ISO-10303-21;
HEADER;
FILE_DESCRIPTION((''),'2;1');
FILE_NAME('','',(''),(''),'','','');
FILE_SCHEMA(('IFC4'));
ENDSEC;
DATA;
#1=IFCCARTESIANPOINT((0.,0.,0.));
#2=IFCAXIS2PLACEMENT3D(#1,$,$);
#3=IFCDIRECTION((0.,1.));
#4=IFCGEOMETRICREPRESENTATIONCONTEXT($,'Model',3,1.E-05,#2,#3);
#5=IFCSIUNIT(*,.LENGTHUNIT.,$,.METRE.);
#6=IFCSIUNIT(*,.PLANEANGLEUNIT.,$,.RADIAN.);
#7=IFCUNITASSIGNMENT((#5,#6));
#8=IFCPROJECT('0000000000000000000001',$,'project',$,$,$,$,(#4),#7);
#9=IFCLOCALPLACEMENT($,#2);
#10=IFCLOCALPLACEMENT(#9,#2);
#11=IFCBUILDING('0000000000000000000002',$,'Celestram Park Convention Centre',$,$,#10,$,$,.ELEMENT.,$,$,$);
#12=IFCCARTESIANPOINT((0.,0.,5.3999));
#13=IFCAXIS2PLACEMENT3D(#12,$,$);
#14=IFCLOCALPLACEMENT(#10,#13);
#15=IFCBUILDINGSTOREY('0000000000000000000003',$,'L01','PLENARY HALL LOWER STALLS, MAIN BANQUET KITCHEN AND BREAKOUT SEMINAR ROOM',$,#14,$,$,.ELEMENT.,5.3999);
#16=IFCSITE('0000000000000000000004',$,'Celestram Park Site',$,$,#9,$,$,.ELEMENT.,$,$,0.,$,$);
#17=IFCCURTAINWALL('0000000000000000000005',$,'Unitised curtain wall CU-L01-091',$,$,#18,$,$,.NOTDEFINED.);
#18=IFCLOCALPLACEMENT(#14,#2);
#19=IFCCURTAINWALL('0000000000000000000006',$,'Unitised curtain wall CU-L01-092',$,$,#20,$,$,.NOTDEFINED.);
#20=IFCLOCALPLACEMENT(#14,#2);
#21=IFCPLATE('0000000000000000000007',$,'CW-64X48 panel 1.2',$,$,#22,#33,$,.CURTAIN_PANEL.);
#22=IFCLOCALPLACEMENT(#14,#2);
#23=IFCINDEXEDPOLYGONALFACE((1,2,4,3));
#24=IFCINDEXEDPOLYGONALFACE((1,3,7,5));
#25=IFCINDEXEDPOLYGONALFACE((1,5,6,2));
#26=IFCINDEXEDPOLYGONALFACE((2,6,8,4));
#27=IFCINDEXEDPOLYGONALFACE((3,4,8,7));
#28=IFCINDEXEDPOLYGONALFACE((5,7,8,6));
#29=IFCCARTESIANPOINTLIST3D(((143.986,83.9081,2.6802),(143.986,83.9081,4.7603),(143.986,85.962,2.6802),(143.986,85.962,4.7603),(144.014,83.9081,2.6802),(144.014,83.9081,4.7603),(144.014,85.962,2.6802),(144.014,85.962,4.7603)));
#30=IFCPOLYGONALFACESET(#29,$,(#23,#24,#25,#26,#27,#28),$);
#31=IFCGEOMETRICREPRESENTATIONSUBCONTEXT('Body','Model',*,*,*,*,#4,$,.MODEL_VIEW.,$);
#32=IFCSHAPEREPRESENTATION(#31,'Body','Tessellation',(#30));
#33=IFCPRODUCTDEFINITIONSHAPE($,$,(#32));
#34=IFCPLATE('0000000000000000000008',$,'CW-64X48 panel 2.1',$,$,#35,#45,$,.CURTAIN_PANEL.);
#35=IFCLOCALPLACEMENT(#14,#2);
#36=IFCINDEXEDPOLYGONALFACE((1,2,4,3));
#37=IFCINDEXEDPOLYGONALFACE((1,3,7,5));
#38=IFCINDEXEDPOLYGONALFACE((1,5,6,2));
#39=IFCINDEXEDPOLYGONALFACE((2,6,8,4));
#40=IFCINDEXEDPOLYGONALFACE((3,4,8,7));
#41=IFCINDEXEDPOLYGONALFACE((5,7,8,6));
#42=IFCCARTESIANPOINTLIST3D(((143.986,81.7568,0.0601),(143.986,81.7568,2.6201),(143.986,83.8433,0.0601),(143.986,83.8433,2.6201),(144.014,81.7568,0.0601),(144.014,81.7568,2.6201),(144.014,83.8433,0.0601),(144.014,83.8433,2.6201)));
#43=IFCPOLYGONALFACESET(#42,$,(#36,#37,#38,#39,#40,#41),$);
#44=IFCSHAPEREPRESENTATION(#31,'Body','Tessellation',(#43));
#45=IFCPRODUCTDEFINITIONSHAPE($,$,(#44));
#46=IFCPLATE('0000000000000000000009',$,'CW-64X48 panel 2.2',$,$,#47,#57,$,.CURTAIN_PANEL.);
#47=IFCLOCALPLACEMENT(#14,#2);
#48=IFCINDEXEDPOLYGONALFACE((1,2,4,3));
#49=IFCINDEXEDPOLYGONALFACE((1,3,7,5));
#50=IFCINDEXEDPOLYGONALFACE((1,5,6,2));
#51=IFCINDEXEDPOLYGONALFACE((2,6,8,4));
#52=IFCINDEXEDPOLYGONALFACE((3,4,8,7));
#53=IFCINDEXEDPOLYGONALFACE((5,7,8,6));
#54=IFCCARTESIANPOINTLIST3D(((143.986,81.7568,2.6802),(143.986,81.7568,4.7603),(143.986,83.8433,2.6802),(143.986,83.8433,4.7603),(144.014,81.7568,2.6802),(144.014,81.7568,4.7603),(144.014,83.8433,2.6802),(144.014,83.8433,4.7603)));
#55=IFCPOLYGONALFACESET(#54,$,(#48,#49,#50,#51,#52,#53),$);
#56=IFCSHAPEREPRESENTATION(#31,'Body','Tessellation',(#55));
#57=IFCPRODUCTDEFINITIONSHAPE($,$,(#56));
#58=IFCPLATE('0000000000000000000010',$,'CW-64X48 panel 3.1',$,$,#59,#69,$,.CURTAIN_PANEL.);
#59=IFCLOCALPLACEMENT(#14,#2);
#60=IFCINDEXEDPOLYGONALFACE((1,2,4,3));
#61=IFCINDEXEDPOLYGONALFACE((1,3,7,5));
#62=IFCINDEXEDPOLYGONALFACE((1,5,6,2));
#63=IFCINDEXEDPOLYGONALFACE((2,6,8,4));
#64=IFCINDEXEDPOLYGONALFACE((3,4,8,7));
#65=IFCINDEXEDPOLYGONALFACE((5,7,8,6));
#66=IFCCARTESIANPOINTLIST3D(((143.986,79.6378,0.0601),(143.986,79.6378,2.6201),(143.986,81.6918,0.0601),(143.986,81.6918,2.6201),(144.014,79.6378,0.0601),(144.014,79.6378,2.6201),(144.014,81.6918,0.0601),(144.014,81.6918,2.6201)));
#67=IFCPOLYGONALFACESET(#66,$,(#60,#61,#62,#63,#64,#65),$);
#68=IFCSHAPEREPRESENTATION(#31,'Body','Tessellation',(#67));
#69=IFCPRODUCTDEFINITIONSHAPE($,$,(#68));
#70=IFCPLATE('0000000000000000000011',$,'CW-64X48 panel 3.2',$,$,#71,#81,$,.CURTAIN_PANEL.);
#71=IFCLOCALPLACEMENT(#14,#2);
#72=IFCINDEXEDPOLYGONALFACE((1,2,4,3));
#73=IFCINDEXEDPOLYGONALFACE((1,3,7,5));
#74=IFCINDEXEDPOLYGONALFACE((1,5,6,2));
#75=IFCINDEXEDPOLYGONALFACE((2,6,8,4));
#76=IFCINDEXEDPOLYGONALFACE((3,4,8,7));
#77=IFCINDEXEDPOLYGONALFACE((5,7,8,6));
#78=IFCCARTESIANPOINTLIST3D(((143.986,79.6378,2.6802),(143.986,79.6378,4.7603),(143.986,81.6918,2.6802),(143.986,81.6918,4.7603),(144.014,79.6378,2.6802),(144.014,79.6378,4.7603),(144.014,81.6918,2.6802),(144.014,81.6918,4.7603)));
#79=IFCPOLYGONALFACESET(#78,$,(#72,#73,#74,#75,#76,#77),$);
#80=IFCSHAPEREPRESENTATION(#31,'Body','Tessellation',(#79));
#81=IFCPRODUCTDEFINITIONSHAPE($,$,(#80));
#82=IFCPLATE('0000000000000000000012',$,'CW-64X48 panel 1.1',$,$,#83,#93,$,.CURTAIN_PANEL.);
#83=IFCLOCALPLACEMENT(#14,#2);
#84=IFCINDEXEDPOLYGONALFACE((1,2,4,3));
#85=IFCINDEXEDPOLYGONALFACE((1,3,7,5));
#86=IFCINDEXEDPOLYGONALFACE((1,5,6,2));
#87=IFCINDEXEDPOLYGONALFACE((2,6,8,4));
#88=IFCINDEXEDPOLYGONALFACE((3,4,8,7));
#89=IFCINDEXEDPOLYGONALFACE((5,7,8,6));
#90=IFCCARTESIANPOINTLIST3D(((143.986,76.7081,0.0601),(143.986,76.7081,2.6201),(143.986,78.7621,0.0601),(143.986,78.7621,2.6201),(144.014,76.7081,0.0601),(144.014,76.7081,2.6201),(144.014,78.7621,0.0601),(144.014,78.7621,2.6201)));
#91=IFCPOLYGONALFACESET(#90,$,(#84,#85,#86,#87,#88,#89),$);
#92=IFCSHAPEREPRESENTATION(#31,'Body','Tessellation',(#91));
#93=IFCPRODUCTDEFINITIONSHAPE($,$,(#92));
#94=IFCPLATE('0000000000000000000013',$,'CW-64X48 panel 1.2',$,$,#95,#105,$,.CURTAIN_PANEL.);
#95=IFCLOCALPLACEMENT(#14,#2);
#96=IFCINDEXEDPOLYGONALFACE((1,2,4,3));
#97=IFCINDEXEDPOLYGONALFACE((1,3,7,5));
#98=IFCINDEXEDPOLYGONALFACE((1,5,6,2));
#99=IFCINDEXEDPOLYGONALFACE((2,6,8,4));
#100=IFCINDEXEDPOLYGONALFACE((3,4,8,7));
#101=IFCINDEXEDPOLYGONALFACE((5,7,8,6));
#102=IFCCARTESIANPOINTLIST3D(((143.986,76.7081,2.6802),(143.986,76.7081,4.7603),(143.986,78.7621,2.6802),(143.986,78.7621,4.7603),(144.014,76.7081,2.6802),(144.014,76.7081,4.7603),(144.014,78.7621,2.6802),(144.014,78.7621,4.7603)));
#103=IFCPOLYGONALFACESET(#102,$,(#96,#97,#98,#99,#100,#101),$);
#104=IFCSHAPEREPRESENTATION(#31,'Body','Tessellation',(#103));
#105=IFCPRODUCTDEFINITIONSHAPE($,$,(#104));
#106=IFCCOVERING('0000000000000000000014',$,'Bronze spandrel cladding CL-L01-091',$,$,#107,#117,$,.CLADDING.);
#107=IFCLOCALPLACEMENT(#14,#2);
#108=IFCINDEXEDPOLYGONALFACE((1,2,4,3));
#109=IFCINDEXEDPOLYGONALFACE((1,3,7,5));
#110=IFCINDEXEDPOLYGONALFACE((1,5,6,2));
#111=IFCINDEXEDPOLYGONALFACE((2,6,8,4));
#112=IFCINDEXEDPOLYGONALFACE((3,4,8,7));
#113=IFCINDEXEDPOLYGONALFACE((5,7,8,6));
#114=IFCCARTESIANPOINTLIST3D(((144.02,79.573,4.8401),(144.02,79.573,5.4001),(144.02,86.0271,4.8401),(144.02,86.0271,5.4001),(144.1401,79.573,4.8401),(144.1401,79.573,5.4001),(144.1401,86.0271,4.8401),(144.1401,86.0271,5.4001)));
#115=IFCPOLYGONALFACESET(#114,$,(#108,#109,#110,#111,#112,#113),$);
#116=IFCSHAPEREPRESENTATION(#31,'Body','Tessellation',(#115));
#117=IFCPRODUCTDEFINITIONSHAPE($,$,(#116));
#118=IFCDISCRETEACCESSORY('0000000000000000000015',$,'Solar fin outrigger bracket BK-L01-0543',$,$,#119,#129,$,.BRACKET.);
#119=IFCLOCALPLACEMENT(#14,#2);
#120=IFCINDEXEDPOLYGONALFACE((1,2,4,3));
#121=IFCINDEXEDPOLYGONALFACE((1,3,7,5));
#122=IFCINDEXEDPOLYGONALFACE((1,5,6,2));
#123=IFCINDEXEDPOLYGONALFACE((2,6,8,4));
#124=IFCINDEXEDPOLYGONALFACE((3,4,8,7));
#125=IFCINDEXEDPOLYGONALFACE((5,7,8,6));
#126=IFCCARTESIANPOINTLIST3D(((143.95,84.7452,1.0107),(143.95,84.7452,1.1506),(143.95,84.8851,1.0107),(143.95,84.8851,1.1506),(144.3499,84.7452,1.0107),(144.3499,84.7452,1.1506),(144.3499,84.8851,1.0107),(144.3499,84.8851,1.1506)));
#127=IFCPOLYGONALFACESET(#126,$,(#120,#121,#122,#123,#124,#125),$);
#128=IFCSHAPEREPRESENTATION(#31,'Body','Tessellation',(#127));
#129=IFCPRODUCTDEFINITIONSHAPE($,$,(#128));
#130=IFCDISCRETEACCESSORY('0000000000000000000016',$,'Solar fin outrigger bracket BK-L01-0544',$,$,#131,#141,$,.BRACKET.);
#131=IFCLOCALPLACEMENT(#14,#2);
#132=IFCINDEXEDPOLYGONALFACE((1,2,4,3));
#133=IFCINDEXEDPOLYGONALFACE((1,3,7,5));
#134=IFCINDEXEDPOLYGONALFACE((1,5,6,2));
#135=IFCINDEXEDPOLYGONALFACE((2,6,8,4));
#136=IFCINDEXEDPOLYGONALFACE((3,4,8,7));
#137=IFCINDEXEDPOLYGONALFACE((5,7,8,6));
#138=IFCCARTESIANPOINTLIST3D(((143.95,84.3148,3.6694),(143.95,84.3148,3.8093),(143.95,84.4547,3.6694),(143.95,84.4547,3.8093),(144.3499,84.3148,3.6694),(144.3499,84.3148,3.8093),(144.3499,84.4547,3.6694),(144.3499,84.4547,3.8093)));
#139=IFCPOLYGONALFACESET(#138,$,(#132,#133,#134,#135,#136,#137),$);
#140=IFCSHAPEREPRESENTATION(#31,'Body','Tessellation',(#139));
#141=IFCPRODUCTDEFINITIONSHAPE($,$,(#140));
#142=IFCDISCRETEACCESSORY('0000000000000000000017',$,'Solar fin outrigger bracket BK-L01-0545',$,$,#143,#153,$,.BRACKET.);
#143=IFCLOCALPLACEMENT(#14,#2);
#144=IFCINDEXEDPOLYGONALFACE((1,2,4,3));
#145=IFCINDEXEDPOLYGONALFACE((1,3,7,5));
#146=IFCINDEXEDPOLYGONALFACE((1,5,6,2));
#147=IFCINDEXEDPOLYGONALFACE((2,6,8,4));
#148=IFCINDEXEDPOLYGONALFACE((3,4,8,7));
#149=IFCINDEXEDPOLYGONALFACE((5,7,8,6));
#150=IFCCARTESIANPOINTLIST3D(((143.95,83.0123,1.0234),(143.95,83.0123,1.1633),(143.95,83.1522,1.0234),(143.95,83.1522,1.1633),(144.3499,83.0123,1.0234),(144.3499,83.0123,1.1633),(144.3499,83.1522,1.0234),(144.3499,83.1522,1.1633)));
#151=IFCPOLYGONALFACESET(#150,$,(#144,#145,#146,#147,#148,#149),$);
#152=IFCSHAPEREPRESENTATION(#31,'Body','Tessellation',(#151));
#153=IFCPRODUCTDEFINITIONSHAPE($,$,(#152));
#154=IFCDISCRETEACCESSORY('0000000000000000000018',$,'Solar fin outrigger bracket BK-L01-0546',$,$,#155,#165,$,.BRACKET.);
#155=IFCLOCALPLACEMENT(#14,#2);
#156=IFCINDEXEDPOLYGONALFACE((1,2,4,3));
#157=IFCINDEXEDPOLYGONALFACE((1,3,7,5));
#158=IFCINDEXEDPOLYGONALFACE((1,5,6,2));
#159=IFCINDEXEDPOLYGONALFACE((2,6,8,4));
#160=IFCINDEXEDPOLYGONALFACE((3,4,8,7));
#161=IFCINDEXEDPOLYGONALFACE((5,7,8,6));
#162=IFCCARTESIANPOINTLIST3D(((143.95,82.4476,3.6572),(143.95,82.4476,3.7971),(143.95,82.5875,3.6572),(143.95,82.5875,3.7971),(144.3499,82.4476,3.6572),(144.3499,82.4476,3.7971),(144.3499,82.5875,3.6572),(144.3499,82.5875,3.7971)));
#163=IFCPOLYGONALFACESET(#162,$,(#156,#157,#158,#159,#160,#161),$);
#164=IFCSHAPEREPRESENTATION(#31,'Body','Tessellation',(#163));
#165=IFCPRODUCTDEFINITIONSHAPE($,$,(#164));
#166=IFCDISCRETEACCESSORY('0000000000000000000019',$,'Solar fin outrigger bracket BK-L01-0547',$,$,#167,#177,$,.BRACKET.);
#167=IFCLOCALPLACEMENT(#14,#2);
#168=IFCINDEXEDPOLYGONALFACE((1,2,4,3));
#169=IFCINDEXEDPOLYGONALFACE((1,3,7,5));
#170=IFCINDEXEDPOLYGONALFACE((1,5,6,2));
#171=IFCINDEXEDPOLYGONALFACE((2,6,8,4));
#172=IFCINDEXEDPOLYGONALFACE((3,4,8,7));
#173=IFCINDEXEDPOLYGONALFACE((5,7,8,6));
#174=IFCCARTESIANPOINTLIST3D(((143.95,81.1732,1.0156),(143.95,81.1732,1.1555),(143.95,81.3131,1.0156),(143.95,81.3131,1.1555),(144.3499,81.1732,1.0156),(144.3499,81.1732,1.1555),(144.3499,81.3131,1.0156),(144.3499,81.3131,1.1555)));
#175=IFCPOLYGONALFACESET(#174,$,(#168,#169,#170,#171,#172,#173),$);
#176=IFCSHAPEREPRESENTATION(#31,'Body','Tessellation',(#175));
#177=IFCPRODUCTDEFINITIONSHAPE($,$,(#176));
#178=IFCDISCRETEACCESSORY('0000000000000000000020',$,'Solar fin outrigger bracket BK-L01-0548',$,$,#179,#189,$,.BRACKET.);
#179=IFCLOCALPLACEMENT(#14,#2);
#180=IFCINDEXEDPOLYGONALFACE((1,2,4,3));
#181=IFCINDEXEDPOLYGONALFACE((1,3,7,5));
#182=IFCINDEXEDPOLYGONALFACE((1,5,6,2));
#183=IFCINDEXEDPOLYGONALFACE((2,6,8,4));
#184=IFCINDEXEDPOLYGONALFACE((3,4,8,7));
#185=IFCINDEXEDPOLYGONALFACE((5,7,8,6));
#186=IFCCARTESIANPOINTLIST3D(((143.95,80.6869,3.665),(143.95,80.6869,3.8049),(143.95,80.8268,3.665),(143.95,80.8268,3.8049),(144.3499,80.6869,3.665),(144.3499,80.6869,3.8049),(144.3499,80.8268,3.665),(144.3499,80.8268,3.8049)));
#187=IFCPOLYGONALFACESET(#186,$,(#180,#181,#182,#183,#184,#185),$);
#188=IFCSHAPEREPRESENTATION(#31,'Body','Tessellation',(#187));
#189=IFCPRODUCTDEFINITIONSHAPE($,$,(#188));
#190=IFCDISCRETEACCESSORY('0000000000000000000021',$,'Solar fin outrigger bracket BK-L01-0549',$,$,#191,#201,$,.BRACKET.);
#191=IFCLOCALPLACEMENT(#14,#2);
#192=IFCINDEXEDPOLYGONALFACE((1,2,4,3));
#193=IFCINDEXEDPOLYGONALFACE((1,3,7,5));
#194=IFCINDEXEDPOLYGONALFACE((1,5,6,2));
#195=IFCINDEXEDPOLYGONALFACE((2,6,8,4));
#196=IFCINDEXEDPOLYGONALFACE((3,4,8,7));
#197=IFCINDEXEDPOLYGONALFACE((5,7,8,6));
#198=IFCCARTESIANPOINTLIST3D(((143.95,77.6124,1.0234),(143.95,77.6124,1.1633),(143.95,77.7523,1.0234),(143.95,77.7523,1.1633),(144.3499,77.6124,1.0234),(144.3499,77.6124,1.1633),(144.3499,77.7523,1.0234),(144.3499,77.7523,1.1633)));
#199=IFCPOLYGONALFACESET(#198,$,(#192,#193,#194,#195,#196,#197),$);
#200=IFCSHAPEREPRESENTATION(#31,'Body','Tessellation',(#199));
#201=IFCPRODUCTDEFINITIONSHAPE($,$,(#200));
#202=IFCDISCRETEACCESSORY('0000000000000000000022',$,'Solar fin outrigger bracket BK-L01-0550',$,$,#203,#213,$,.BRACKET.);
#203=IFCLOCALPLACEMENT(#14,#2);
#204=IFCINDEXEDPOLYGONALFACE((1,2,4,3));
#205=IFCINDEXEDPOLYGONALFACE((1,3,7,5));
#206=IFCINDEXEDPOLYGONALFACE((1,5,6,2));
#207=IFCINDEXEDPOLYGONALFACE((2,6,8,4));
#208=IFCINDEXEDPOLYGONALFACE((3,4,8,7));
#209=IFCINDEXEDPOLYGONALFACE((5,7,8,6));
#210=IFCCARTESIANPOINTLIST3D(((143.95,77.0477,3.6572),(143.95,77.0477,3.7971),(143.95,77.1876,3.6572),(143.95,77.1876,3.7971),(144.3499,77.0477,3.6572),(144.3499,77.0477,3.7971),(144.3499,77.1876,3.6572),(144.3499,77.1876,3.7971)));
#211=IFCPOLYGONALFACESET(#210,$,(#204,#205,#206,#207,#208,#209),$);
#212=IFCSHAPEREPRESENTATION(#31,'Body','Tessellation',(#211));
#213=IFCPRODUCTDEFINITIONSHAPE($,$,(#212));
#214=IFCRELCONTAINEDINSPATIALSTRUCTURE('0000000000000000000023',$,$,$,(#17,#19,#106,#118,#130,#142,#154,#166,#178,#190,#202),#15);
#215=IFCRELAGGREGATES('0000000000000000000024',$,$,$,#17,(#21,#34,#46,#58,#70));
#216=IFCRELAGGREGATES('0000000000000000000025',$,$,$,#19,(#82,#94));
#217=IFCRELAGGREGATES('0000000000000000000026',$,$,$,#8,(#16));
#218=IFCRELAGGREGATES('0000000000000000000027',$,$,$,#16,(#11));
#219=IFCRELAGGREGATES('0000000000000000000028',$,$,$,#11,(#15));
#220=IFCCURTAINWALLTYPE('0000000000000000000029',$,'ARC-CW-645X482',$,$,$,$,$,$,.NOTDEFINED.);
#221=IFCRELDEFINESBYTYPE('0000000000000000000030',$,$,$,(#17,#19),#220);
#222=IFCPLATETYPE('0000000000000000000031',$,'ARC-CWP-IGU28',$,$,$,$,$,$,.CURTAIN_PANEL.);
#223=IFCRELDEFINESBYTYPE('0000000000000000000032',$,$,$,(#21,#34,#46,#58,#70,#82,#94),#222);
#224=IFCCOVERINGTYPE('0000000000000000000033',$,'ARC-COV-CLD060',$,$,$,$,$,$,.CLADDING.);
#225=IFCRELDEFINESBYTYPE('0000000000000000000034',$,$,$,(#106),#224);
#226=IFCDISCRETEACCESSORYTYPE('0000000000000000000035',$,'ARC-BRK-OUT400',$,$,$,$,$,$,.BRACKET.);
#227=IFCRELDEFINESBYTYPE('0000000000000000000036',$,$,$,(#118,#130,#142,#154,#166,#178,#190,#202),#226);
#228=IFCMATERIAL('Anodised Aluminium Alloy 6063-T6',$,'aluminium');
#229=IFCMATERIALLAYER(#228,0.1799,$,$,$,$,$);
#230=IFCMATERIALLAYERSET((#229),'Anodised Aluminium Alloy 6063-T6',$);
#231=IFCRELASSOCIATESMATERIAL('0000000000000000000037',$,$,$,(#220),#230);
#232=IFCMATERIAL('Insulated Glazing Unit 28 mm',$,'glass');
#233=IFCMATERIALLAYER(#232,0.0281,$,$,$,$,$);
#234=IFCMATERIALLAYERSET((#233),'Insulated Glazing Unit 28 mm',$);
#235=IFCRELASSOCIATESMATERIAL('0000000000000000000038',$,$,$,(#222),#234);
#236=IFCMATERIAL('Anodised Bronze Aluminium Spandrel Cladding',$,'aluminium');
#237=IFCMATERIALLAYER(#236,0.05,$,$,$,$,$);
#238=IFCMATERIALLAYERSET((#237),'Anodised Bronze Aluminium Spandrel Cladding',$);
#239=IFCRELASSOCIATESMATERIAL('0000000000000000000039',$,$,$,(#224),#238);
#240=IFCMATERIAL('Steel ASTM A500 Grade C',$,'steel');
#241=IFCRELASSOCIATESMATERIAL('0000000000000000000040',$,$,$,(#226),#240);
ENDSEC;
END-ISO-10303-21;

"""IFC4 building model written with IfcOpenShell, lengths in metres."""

from ifc_helpers import new_model, si_unit, direction, frame, origin, origin_2d, place, context, subcontext, project, spatial, rectangle, extrude, material, layer, layer_set, type_object, element, aggregate, save


model = new_model("IFC4")

# Units and contexts
model_context = context("Model", 3, precision=1e-05, world=origin(), true_north=direction((0.0, 1.0)))
body_context = subcontext(model_context, "Body", "Model", "MODEL_VIEW")
ifc_project = project(units=[si_unit("LENGTHUNIT", "METRE"), si_unit("PLANEANGLEUNIT", "RADIAN")], contexts=[model_context])

# Site, building, storey
site_placement = place(None, origin())
site = spatial("IfcSite", under=ifc_project, at=site_placement, Name="Celestram Park Site", CompositionType="ELEMENT", RefElevation=0.0)
building_placement = place(site_placement, origin())
building = spatial("IfcBuilding", under=site, at=building_placement, Name="Celestram Park Convention Centre", CompositionType="ELEMENT")
storey_placement = place(building_placement, frame((0.0, 0.0, 5.3999)))
storey = spatial("IfcBuildingStorey", under=building, at=storey_placement, Name="L01", Description="PLENARY HALL LOWER STALLS, MAIN BANQUET KITCHEN AND BREAKOUT SEMINAR ROOM", CompositionType="ELEMENT", Elevation=5.3999)

# Curtain wall
ifc_material_1 = material(Name="Anodised Aluminium Alloy 6063-T6", Category="aluminium")
ifc_layer_1 = layer(ifc_material_1, 0.1799)
ifc_layer_set_1 = layer_set([ifc_layer_1], Name="Anodised Aluminium Alloy 6063-T6")
curtain_wall_type = type_object("IfcCurtainWallType", Name="ARC-CW-645X482", PredefinedType="NOTDEFINED", material=ifc_layer_set_1)
curtain_wall_1_placement = place(storey_placement, origin())
curtain_wall_1 = element("IfcCurtainWall", 1, at=curtain_wall_1_placement, inside=storey, type_object=curtain_wall_type, Name="Unitised curtain wall CU-L01-091", PredefinedType="NOTDEFINED")

# Curtain wall
curtain_wall_2_placement = place(storey_placement, origin())
curtain_wall_2 = element("IfcCurtainWall", 2, at=curtain_wall_2_placement, inside=storey, type_object=curtain_wall_type, Name="Unitised curtain wall CU-L01-092", PredefinedType="NOTDEFINED")

# Shared definitions
ifc_material_2 = material(Name="Steel ASTM A500 Grade C", Category="steel")

# Plates
ifc_material_3 = material(Name="Insulated Glazing Unit 28 mm", Category="glass")
ifc_layer_2 = layer(ifc_material_3, 0.0281)
ifc_layer_set_2 = layer_set([ifc_layer_2], Name="Insulated Glazing Unit 28 mm")
plate_type = type_object("IfcPlateType", Name="ARC-CWP-IGU28", PredefinedType="CURTAIN_PANEL", material=ifc_layer_set_2)
plate_1_placement = place(storey_placement, frame((144.0, 84.9351, 2.6802), z_axis=(0.0, 0.0, 1.0), x_axis=(0.0, -1.0, 0.0)))
plate_1 = element("IfcPlate", 3, at=plate_1_placement, type_object=plate_type, Name="CW-64X48 panel 1.2", PredefinedType="CURTAIN_PANEL", context=body_context, shape_type="SweptSolid", body=[
    extrude(rectangle(XDim=2.054, YDim=0.0281, at=origin_2d()), origin(), (0.0, 0.0, 1.0), 2.0801),
])
plate_2_placement = place(storey_placement, frame((144.0, 82.8, 0.0601), z_axis=(0.0, 0.0, 1.0), x_axis=(0.0, -1.0, 0.0)))
plate_2 = element("IfcPlate", 4, at=plate_2_placement, type_object=plate_type, Name="CW-64X48 panel 2.1", PredefinedType="CURTAIN_PANEL", context=body_context, shape_type="SweptSolid", body=[
    extrude(rectangle(XDim=2.0864, YDim=0.0281, at=origin_2d()), origin(), (0.0, 0.0, 1.0), 2.5601),
])
plate_3_placement = place(storey_placement, frame((144.0, 82.8, 2.6802), z_axis=(0.0, 0.0, 1.0), x_axis=(0.0, -1.0, 0.0)))
plate_3 = element("IfcPlate", 5, at=plate_3_placement, type_object=plate_type, Name="CW-64X48 panel 2.2", PredefinedType="CURTAIN_PANEL", context=body_context, shape_type="SweptSolid", body=[
    extrude(rectangle(XDim=2.0864, YDim=0.0281, at=origin_2d()), origin(), (0.0, 0.0, 1.0), 2.0801),
])
plate_4_placement = place(storey_placement, frame((144.0, 80.6648, 0.0601), z_axis=(0.0, 0.0, 1.0), x_axis=(0.0, -1.0, 0.0)))
plate_4 = element("IfcPlate", 6, at=plate_4_placement, type_object=plate_type, Name="CW-64X48 panel 3.1", PredefinedType="CURTAIN_PANEL", context=body_context, shape_type="SweptSolid", body=[
    extrude(rectangle(XDim=2.054, YDim=0.0281, at=origin_2d()), origin(), (0.0, 0.0, 1.0), 2.5601),
])
plate_5_placement = place(storey_placement, frame((144.0, 80.6648, 2.6802), z_axis=(0.0, 0.0, 1.0), x_axis=(0.0, -1.0, 0.0)))
plate_5 = element("IfcPlate", 7, at=plate_5_placement, type_object=plate_type, Name="CW-64X48 panel 3.2", PredefinedType="CURTAIN_PANEL", context=body_context, shape_type="SweptSolid", body=[
    extrude(rectangle(XDim=2.054, YDim=0.0281, at=origin_2d()), origin(), (0.0, 0.0, 1.0), 2.0801),
])
aggregate(curtain_wall_1, [plate_1, plate_2, plate_3, plate_4, plate_5])
plate_6_placement = place(storey_placement, frame((144.0, 77.7351, 0.0601), z_axis=(0.0, 0.0, 1.0), x_axis=(0.0, -1.0, 0.0)))
plate_6 = element("IfcPlate", 8, at=plate_6_placement, type_object=plate_type, Name="CW-64X48 panel 1.1", PredefinedType="CURTAIN_PANEL", context=body_context, shape_type="SweptSolid", body=[
    extrude(rectangle(XDim=2.054, YDim=0.0281, at=origin_2d()), origin(), (0.0, 0.0, 1.0), 2.5601),
])
plate_7_placement = place(storey_placement, frame((144.0, 77.7351, 2.6802), z_axis=(0.0, 0.0, 1.0), x_axis=(0.0, -1.0, 0.0)))
plate_7 = element("IfcPlate", 9, at=plate_7_placement, type_object=plate_type, Name="CW-64X48 panel 1.2", PredefinedType="CURTAIN_PANEL", context=body_context, shape_type="SweptSolid", body=[
    extrude(rectangle(XDim=2.054, YDim=0.0281, at=origin_2d()), origin(), (0.0, 0.0, 1.0), 2.0801),
])
aggregate(curtain_wall_2, [plate_6, plate_7])

# Covering
ifc_material_4 = material(Name="Anodised Bronze Aluminium Spandrel Cladding", Category="aluminium")
ifc_layer_3 = layer(ifc_material_4, 0.05)
ifc_layer_set_3 = layer_set([ifc_layer_3], Name="Anodised Bronze Aluminium Spandrel Cladding")
covering_type = type_object("IfcCoveringType", Name="ARC-COV-CLD060", PredefinedType="CLADDING", material=ifc_layer_set_3)
covering_placement = place(storey_placement, frame((144.0801, 82.8, 4.8401), z_axis=(0.0, 0.0, 1.0), x_axis=(0.0, -1.0, 0.0)))
element("IfcCovering", 10, at=covering_placement, inside=storey, type_object=covering_type, Name="Bronze spandrel cladding CL-L01-091", PredefinedType="CLADDING", context=body_context, shape_type="SweptSolid", body=[
    extrude(rectangle(XDim=6.4541, YDim=0.1201, at=origin_2d()), origin(), (0.0, 0.0, 1.0), 0.5601),
])

# Discrete accessories
discrete_accessory_type = type_object("IfcDiscreteAccessoryType", Name="ARC-BRK-OUT400", PredefinedType="BRACKET", material=ifc_material_2)
for number, where, z_axis, x_axis, name in (
    (11, (144.1499, 84.8152, 1.0107), (0.0, 0.0, 1.0), (1.0, 0.0, 0.0), "Solar fin outrigger bracket BK-L01-0543"),
    (12, (144.1499, 84.3848, 3.6694), (0.0, 0.0, 1.0), (1.0, 0.0, 0.0), "Solar fin outrigger bracket BK-L01-0544"),
    (13, (144.1499, 83.0823, 1.0234), (0.0, 0.0, 1.0), (1.0, 0.0, 0.0), "Solar fin outrigger bracket BK-L01-0545"),
    (14, (144.1499, 82.5176, 3.6572), (0.0, 0.0, 1.0), (1.0, 0.0, 0.0), "Solar fin outrigger bracket BK-L01-0546"),
    (15, (144.1499, 81.2432, 1.0156), (0.0, 0.0, 1.0), (1.0, 0.0, 0.0), "Solar fin outrigger bracket BK-L01-0547"),
    (16, (144.1499, 80.7568, 3.665), (0.0, 0.0, 1.0), (1.0, 0.0, 0.0), "Solar fin outrigger bracket BK-L01-0548"),
    (17, (144.1499, 77.6824, 1.0234), (0.0, 0.0, 1.0), (1.0, 0.0, 0.0), "Solar fin outrigger bracket BK-L01-0549"),
    (18, (144.1499, 77.1177, 3.6572), (0.0, 0.0, 1.0), (1.0, 0.0, 0.0), "Solar fin outrigger bracket BK-L01-0550"),
):
    element("IfcDiscreteAccessory", number, at=place(storey_placement, frame(where, z_axis=z_axis, x_axis=x_axis)), inside=storey, type_object=discrete_accessory_type, Name=name, PredefinedType="BRACKET", context=body_context, shape_type="SweptSolid", body=[
        extrude(rectangle(XDim=0.3999, YDim=0.1399, at=origin_2d()), origin(), (0.0, 0.0, 1.0), 0.1399),
    ])

save(model, "model.ifc")
